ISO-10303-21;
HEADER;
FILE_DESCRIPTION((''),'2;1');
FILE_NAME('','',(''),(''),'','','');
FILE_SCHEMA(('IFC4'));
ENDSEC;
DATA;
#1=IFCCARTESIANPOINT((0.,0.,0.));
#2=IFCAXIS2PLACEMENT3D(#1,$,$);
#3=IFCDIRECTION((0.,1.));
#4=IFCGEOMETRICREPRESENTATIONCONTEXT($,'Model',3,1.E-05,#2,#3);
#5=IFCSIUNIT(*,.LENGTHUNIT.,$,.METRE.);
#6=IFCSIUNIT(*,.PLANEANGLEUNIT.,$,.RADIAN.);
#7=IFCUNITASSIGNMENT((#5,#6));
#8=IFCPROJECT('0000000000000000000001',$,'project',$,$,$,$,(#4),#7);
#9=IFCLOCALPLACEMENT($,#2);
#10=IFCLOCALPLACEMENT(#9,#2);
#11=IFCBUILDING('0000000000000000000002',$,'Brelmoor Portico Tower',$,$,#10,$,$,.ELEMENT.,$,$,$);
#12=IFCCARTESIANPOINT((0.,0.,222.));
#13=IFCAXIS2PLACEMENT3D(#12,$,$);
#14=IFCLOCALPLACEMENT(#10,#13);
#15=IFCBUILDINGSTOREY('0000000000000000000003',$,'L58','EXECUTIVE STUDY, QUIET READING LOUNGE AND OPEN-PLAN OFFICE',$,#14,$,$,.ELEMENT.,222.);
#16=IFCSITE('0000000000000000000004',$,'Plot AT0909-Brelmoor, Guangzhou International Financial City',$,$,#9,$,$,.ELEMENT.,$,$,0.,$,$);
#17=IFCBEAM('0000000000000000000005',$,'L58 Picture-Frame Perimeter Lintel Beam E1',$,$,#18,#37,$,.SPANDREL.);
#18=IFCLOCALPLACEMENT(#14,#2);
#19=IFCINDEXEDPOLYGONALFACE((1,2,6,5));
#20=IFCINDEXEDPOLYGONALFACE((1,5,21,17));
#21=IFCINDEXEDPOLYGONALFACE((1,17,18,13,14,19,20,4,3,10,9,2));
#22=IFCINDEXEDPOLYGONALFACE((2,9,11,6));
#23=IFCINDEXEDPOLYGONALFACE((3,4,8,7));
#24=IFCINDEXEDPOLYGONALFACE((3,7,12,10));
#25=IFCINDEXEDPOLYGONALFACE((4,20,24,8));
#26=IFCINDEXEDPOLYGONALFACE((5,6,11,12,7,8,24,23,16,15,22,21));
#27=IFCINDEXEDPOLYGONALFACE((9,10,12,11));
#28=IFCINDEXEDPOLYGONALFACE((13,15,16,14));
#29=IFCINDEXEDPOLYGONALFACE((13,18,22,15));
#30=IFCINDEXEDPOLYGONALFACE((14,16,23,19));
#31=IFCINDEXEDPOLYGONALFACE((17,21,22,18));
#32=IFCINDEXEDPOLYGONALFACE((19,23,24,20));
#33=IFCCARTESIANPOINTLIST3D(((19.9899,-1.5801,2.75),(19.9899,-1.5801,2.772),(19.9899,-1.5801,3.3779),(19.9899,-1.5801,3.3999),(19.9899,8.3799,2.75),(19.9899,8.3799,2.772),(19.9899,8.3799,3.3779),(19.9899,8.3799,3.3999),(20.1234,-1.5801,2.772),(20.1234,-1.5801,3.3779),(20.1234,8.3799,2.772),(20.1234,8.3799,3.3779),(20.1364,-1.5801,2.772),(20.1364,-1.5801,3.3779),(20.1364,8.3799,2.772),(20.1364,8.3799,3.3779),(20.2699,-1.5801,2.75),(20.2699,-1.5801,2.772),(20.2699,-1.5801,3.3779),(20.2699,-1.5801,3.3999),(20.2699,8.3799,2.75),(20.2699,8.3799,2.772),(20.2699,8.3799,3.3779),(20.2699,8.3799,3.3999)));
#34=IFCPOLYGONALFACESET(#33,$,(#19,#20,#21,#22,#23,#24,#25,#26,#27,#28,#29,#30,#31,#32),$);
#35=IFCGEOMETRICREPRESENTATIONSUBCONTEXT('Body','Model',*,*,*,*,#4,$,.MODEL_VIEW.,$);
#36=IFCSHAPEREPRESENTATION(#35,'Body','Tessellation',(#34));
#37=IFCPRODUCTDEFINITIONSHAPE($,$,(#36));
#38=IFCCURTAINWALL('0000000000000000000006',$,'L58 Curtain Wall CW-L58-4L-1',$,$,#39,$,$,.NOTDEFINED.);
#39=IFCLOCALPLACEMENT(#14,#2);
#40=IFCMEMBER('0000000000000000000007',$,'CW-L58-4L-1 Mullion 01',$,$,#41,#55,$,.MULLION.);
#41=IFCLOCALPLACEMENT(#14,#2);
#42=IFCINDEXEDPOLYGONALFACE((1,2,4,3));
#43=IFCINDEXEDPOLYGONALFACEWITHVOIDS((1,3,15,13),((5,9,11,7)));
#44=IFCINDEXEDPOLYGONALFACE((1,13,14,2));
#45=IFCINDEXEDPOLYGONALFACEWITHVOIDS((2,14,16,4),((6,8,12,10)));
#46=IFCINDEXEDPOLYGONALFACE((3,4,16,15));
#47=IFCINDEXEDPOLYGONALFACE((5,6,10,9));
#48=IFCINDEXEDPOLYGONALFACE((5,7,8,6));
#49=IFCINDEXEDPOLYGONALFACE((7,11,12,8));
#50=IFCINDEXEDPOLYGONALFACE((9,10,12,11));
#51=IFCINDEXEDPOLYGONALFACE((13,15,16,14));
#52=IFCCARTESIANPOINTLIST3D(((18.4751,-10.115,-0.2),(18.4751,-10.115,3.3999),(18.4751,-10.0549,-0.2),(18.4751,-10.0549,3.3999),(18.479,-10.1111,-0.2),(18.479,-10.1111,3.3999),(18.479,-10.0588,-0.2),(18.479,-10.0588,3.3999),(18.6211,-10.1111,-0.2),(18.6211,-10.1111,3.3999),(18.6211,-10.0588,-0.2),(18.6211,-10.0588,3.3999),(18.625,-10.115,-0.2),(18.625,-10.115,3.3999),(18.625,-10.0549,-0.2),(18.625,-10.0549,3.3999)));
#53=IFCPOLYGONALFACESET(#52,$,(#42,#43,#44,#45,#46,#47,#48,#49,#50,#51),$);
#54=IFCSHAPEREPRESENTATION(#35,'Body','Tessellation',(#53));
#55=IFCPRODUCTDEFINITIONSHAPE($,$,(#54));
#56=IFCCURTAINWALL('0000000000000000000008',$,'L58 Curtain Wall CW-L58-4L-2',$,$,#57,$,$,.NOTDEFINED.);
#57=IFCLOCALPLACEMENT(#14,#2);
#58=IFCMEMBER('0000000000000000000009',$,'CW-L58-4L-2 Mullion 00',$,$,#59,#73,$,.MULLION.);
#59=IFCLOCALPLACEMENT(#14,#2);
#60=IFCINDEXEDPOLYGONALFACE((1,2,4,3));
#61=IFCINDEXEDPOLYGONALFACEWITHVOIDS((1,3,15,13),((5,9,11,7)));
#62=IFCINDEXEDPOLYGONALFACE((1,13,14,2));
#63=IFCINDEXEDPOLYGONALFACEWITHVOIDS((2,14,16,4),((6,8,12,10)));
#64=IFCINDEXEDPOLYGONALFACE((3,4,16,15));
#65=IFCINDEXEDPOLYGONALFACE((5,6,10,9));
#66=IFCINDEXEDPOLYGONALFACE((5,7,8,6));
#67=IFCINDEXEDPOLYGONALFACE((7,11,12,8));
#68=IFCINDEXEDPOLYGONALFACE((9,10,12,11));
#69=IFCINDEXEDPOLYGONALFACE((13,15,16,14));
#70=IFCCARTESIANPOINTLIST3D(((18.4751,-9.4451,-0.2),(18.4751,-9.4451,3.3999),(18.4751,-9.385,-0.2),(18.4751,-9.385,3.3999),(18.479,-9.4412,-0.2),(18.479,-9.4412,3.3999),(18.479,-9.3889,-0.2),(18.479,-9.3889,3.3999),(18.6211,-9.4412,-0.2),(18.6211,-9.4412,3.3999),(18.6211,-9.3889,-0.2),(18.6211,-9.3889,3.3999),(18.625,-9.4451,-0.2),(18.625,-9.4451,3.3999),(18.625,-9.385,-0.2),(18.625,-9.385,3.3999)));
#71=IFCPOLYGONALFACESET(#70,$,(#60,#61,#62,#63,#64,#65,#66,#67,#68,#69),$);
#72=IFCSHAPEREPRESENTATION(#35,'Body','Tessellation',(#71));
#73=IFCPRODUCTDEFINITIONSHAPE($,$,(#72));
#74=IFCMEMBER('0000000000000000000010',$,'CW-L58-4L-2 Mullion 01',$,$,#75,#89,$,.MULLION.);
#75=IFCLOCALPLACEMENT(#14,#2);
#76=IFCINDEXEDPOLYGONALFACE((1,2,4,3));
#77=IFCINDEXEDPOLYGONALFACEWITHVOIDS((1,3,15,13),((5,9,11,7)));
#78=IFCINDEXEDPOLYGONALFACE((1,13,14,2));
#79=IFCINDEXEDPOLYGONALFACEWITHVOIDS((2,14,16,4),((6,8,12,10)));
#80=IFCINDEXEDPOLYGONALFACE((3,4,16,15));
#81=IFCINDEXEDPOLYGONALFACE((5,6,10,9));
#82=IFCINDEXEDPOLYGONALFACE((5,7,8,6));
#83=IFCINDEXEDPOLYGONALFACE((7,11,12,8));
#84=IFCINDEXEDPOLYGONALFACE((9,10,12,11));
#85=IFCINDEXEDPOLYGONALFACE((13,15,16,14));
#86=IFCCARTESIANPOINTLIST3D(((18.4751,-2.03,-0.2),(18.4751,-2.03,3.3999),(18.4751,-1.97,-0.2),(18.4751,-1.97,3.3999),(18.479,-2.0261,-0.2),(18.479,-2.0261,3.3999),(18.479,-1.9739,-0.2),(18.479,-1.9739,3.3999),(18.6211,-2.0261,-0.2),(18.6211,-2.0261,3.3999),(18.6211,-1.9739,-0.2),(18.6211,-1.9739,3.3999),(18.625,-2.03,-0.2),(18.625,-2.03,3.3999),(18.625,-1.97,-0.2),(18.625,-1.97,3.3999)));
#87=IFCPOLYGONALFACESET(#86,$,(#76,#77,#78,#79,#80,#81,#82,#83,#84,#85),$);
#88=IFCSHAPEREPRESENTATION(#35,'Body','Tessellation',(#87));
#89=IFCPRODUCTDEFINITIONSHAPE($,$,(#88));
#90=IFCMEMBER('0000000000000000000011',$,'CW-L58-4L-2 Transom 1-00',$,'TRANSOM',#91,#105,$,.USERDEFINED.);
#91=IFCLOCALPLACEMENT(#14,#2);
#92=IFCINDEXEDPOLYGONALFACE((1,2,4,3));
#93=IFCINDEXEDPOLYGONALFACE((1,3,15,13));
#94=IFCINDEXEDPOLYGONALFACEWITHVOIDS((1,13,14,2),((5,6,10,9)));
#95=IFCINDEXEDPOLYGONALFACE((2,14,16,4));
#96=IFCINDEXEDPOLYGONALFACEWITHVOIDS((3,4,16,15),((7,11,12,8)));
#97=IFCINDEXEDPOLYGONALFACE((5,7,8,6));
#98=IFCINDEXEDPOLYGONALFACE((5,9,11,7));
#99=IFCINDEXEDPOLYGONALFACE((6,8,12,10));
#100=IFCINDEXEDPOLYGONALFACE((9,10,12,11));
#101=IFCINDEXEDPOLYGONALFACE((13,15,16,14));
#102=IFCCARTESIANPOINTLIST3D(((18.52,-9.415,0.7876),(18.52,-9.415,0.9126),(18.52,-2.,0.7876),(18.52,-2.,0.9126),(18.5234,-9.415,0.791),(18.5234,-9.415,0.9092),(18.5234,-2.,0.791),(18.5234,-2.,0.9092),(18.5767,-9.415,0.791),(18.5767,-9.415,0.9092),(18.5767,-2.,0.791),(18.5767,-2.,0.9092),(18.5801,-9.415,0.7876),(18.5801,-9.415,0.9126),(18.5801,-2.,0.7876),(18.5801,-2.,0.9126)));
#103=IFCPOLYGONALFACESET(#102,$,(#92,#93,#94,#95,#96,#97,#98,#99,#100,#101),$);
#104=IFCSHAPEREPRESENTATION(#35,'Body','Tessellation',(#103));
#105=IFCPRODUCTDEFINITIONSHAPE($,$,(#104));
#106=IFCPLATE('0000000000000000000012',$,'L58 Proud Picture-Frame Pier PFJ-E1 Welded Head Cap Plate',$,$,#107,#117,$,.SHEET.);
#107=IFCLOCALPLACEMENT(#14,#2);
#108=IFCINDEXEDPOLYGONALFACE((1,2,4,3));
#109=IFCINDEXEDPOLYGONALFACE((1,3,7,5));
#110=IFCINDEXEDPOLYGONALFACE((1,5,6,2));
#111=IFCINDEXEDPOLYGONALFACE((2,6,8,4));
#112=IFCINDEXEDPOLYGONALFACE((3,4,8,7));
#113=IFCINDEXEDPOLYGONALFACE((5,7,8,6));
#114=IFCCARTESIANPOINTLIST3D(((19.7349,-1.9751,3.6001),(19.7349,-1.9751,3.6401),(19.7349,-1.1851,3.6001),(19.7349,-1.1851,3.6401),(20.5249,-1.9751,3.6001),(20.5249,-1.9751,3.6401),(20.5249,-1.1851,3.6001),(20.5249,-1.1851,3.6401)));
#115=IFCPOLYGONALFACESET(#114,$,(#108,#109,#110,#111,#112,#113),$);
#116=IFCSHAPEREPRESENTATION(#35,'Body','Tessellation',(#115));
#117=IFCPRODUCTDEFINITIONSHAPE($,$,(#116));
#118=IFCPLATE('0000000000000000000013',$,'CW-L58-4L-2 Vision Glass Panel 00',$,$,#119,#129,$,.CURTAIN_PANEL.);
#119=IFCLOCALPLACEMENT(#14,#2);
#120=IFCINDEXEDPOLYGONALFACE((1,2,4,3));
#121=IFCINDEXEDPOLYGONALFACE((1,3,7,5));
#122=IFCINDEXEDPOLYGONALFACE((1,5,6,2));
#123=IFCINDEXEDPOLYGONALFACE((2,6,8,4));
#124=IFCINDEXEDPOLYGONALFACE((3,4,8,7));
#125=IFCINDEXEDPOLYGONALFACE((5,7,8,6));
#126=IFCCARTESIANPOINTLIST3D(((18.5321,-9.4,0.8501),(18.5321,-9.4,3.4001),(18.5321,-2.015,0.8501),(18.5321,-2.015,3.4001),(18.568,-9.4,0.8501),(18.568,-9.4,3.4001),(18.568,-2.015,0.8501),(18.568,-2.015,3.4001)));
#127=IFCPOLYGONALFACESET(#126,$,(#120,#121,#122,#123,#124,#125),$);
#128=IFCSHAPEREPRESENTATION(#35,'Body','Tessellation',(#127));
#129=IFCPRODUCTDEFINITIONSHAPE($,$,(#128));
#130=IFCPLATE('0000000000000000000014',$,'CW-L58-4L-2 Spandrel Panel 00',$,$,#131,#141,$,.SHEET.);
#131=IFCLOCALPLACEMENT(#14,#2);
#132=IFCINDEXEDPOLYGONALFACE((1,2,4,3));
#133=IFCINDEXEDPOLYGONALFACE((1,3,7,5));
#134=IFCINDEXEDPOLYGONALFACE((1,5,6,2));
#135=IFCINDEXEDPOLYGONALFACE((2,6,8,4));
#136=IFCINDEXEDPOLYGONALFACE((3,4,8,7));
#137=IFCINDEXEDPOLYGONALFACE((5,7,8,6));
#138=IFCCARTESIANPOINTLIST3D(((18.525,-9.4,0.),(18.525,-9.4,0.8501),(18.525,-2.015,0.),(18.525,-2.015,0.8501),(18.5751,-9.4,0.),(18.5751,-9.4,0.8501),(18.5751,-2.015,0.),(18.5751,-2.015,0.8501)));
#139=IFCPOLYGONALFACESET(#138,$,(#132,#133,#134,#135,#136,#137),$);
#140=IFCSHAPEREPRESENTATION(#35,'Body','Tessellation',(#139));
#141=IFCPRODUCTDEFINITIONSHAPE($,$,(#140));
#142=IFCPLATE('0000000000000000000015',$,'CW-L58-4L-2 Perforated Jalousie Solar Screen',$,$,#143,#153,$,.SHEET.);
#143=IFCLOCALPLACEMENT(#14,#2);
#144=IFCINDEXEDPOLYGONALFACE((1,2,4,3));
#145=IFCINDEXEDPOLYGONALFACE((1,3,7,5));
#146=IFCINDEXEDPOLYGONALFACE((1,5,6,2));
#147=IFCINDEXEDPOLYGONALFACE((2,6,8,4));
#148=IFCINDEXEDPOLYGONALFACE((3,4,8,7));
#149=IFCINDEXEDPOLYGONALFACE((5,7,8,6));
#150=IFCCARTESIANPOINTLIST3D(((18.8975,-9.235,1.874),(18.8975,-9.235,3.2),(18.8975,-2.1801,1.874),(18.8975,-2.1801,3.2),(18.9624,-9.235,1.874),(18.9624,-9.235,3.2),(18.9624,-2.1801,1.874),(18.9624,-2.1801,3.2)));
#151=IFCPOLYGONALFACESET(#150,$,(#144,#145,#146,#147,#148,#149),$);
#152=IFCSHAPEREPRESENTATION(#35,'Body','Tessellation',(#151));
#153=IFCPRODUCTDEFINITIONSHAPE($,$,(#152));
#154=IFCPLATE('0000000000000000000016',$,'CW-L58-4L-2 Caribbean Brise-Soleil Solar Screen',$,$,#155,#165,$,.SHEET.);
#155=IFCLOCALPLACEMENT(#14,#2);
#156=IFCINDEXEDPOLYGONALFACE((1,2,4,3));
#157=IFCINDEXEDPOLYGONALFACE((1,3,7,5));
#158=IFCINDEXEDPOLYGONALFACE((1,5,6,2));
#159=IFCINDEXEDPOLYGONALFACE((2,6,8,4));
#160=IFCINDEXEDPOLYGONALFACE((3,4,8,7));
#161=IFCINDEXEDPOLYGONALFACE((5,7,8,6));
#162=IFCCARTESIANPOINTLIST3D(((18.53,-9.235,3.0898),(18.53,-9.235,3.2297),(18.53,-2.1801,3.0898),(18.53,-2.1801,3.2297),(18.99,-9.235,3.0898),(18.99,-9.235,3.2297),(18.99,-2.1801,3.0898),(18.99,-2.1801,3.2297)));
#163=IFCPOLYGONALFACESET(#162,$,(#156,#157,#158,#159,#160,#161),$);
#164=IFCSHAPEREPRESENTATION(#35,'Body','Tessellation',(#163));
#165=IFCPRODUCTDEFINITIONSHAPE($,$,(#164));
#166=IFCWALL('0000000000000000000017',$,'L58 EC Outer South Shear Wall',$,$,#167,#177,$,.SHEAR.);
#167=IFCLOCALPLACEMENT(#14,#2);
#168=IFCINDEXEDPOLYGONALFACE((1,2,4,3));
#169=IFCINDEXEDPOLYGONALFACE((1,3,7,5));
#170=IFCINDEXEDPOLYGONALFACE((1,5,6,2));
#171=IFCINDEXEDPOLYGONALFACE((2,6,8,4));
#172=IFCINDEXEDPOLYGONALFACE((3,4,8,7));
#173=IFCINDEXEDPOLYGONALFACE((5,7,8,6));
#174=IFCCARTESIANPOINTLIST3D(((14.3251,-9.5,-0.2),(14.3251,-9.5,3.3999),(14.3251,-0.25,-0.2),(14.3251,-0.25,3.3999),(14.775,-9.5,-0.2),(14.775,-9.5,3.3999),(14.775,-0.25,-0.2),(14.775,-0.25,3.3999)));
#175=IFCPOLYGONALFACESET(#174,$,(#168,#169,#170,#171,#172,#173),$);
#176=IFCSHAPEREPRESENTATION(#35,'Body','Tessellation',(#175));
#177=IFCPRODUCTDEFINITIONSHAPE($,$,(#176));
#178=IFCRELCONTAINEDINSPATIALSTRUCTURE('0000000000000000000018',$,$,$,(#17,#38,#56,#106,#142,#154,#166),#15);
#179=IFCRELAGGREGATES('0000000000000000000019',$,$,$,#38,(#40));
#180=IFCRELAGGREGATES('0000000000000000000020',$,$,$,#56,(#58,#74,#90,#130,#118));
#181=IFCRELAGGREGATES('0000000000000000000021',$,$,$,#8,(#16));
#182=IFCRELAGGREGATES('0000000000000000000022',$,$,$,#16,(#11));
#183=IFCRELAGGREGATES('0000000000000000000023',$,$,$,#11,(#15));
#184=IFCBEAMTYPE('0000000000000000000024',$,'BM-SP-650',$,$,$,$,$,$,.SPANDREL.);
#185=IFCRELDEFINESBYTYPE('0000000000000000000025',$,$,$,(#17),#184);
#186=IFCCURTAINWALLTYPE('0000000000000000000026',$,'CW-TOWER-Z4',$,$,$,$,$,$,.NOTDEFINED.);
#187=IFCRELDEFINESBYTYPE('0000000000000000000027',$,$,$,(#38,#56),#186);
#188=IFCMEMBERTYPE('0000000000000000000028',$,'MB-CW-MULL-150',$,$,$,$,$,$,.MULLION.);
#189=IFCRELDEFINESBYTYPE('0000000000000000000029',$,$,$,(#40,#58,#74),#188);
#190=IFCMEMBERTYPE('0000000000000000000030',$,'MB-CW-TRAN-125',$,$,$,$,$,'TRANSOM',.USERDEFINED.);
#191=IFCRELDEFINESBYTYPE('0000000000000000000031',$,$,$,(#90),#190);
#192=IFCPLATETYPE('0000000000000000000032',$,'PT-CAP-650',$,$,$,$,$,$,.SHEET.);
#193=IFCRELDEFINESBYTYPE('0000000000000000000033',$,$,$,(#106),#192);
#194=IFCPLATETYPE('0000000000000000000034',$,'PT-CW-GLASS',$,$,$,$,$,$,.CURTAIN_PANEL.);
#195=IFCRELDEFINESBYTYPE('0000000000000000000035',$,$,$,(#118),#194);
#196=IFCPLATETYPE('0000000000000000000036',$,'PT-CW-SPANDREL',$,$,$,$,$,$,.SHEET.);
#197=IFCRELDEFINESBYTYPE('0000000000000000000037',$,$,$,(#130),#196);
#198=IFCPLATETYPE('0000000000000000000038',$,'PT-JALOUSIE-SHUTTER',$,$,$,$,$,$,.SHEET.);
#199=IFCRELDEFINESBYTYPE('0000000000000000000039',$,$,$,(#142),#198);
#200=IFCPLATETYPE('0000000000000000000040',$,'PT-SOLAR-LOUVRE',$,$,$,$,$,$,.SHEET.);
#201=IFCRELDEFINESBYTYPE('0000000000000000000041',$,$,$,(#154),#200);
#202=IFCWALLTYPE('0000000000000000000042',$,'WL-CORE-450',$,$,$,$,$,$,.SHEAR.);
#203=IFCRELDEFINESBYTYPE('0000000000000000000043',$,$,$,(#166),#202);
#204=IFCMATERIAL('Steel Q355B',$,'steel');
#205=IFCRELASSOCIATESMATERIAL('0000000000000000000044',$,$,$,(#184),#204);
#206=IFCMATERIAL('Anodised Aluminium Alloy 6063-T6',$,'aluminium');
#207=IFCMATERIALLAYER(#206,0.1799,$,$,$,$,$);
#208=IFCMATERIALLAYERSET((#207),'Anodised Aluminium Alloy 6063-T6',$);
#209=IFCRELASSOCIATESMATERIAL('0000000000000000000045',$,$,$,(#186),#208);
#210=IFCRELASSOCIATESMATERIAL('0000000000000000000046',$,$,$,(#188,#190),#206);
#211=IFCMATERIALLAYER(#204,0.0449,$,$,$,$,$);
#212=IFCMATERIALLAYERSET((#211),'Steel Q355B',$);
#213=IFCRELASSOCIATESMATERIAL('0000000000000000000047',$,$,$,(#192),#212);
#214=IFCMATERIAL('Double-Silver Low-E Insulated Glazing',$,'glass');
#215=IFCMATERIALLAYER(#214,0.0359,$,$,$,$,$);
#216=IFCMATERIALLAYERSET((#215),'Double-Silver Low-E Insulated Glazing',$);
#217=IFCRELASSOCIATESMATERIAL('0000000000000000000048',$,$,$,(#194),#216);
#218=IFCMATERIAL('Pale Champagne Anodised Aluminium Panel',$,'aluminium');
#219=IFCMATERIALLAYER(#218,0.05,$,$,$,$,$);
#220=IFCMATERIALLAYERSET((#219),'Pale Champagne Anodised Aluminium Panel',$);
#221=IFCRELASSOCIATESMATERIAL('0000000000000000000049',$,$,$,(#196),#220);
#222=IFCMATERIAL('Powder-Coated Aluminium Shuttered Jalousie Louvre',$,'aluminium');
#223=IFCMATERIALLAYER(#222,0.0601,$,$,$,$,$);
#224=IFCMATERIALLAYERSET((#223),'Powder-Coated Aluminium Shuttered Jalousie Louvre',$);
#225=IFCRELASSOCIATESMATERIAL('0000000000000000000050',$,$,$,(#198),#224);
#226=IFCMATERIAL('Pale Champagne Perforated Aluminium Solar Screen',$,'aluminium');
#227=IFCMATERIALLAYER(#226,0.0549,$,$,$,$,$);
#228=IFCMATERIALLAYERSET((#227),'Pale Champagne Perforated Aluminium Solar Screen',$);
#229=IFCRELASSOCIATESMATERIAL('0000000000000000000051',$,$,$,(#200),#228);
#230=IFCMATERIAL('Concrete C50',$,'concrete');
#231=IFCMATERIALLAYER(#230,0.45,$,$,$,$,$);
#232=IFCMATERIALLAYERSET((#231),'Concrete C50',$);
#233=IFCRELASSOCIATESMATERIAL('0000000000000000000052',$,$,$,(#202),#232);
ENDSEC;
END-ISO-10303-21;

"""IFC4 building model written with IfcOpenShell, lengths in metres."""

from ifc_helpers import new_model, si_unit, direction, frame, frame_2d, origin, origin_2d, place, context, subcontext, project, spatial, rectangle, hollow_rectangle, i_section, extrude, material, layer, layer_set, material_profile, profile_set, type_object, element, aggregate, save


model = new_model("IFC4")

# Units and contexts
model_context = context("Model", 3, precision=1e-05, world=origin(), true_north=direction((0.0, 1.0)))
body_context = subcontext(model_context, "Body", "Model", "MODEL_VIEW")
ifc_project = project(units=[si_unit("LENGTHUNIT", "METRE"), si_unit("PLANEANGLEUNIT", "RADIAN")], contexts=[model_context])

# Site, building, storey
site_placement = place(None, origin())
site = spatial("IfcSite", under=ifc_project, at=site_placement, Name="Plot AT0909-Brelmoor, Guangzhou International Financial City", CompositionType="ELEMENT", RefElevation=0.0)
building_placement = place(site_placement, origin())
building = spatial("IfcBuilding", under=site, at=building_placement, Name="Brelmoor Portico Tower", CompositionType="ELEMENT")
storey_placement = place(building_placement, frame((0.0, 0.0, 222.0)))
storey = spatial("IfcBuildingStorey", under=building, at=storey_placement, Name="L58", Description="EXECUTIVE STUDY, QUIET READING LOUNGE AND OPEN-PLAN OFFICE", CompositionType="ELEMENT", Elevation=222.0)

# Shared definitions
ifc_material_1 = material(Name="Steel Q355B", Category="steel")

# Beam
ifc_material_profile_1 = material_profile(ifc_material_1, i_section(OverallWidth=0.28, OverallDepth=0.6499, WebThickness=0.0129, FlangeThickness=0.022, at=origin_2d()), Name="HN 650x280x13x22")
ifc_profile_set_1 = profile_set([ifc_material_profile_1], Name="Steel Q355B")
beam_type_1 = type_object("IfcBeamType", Name="BM-SP-650", PredefinedType="SPANDREL", material=ifc_profile_set_1)
beam_1_placement = place(storey_placement, frame((20.1299, -1.5801, 3.075), z_axis=(0.0, 1.0, 0.0), x_axis=(-1.0, 0.0, 0.0)))
element("IfcBeam", 1, at=beam_1_placement, inside=storey, type_object=beam_type_1, Name="L58 Picture-Frame Perimeter Lintel Beam E1", PredefinedType="SPANDREL", context=body_context, shape_type="SweptSolid", body=[
    extrude(i_section(OverallWidth=0.28, OverallDepth=0.6499, WebThickness=0.0129, FlangeThickness=0.022, at=origin_2d()), origin(), (0.0, 0.0, 1.0), 9.96),
])

# Curtain wall, member
ifc_material_2 = material(Name="Anodised Aluminium Alloy 6063-T6", Category="aluminium")
ifc_layer_1 = layer(ifc_material_2, 0.1799)
ifc_layer_set_1 = layer_set([ifc_layer_1], Name="Anodised Aluminium Alloy 6063-T6")
curtain_wall_type = type_object("IfcCurtainWallType", Name="CW-TOWER-Z4", PredefinedType="NOTDEFINED", material=ifc_layer_set_1)
curtain_wall_1_placement = place(storey_placement, origin())
curtain_wall_1 = element("IfcCurtainWall", 2, at=curtain_wall_1_placement, inside=storey, type_object=curtain_wall_type, Name="L58 Curtain Wall CW-L58-4L-1", PredefinedType="NOTDEFINED")
ifc_material_profile_2 = material_profile(ifc_material_2, hollow_rectangle(XDim=0.0601, YDim=0.1499, WallThickness=0.0039, at=origin_2d()), Name="ALU MULLION 60x150")
ifc_profile_set_2 = profile_set([ifc_material_profile_2], Name="Anodised Aluminium Alloy 6063-T6")
member_type_1 = type_object("IfcMemberType", Name="MB-CW-MULL-150", PredefinedType="MULLION", material=ifc_profile_set_2)
member_1_placement = place(storey_placement, frame((18.55, -10.085, -0.2), z_axis=(0.0, 0.0, 1.0), x_axis=(0.0, 1.0, 0.0)))
member_1 = element("IfcMember", 3, at=member_1_placement, type_object=member_type_1, Name="CW-L58-4L-1 Mullion 01", PredefinedType="MULLION", context=body_context, shape_type="SweptSolid", body=[
    extrude(hollow_rectangle(XDim=0.0601, YDim=0.1499, WallThickness=0.0039, at=origin_2d()), origin(), (0.0, 0.0, 1.0), 3.5999),
])
aggregate(curtain_wall_1, [member_1])

# Curtain wall, members
curtain_wall_2_placement = place(storey_placement, origin())
curtain_wall_2 = element("IfcCurtainWall", 4, at=curtain_wall_2_placement, inside=storey, type_object=curtain_wall_type, Name="L58 Curtain Wall CW-L58-4L-2", PredefinedType="NOTDEFINED")
member_2_placement = place(storey_placement, frame((18.55, -9.415, -0.2), z_axis=(0.0, 0.0, 1.0), x_axis=(0.0, 1.0, 0.0)))
member_2 = element("IfcMember", 5, at=member_2_placement, type_object=member_type_1, Name="CW-L58-4L-2 Mullion 00", PredefinedType="MULLION", context=body_context, shape_type="SweptSolid", body=[
    extrude(hollow_rectangle(XDim=0.0601, YDim=0.1499, WallThickness=0.0039, at=origin_2d()), origin(), (0.0, 0.0, 1.0), 3.5999),
])
member_3_placement = place(storey_placement, frame((18.55, -2.0, -0.2), z_axis=(0.0, 0.0, 1.0), x_axis=(0.0, 1.0, 0.0)))
member_3 = element("IfcMember", 6, at=member_3_placement, type_object=member_type_1, Name="CW-L58-4L-2 Mullion 01", PredefinedType="MULLION", context=body_context, shape_type="SweptSolid", body=[
    extrude(hollow_rectangle(XDim=0.0601, YDim=0.1499, WallThickness=0.0039, at=origin_2d()), origin(), (0.0, 0.0, 1.0), 3.5999),
])
ifc_material_profile_3 = material_profile(ifc_material_2, hollow_rectangle(XDim=0.0601, YDim=0.125, WallThickness=0.0034, at=origin_2d()), Name="ALU TRANSOM 60x125")
ifc_profile_set_3 = profile_set([ifc_material_profile_3], Name="Anodised Aluminium Alloy 6063-T6")
member_type_2 = type_object("IfcMemberType", Name="MB-CW-TRAN-125", ElementType="TRANSOM", PredefinedType="USERDEFINED", material=ifc_profile_set_3)
member_4_placement = place(storey_placement, frame((18.55, -9.415, 0.8501), z_axis=(0.0, 1.0, 0.0), x_axis=(-1.0, 0.0, 0.0)))
member_4 = element("IfcMember", 7, at=member_4_placement, type_object=member_type_2, Name="CW-L58-4L-2 Transom 1-00", ObjectType="TRANSOM", PredefinedType="USERDEFINED", context=body_context, shape_type="SweptSolid", body=[
    extrude(hollow_rectangle(XDim=0.0601, YDim=0.125, WallThickness=0.0034, at=origin_2d()), origin(), (0.0, 0.0, 1.0), 7.415),
])

# Plates
ifc_layer_2 = layer(ifc_material_1, 0.0449)
ifc_layer_set_2 = layer_set([ifc_layer_2], Name="Steel Q355B")
plate_type_1 = type_object("IfcPlateType", Name="PT-CAP-650", PredefinedType="SHEET", material=ifc_layer_set_2)
plate_1_placement = place(storey_placement, frame((20.1299, -1.5801, 3.6001), z_axis=(0.0, 0.0, 1.0), x_axis=(0.0, 1.0, 0.0)))
element("IfcPlate", 8, at=plate_1_placement, inside=storey, type_object=plate_type_1, Name="L58 Proud Picture-Frame Pier PFJ-E1 Welded Head Cap Plate", PredefinedType="SHEET", context=body_context, shape_type="SweptSolid", body=[
    extrude(rectangle(XDim=0.79, YDim=0.79, at=origin_2d()), origin(), (0.0, 0.0, 1.0), 0.04),
])
ifc_material_3 = material(Name="Double-Silver Low-E Insulated Glazing", Category="glass")
ifc_layer_3 = layer(ifc_material_3, 0.0359)
ifc_layer_set_3 = layer_set([ifc_layer_3], Name="Double-Silver Low-E Insulated Glazing")
plate_type_2 = type_object("IfcPlateType", Name="PT-CW-GLASS", PredefinedType="CURTAIN_PANEL", material=ifc_layer_set_3)
plate_2_placement = place(storey_placement, frame((18.55, -5.7075, 0.8501), z_axis=(0.0, 0.0, 1.0), x_axis=(0.0, 1.0, 0.0)))
plate_2 = element("IfcPlate", 9, at=plate_2_placement, type_object=plate_type_2, Name="CW-L58-4L-2 Vision Glass Panel 00", PredefinedType="CURTAIN_PANEL", context=body_context, shape_type="SweptSolid", body=[
    extrude(rectangle(XDim=7.385, YDim=0.0359, at=origin_2d()), origin(), (0.0, 0.0, 1.0), 2.55),
])
ifc_material_4 = material(Name="Pale Champagne Anodised Aluminium Panel", Category="aluminium")
ifc_layer_4 = layer(ifc_material_4, 0.05)
ifc_layer_set_4 = layer_set([ifc_layer_4], Name="Pale Champagne Anodised Aluminium Panel")
plate_type_3 = type_object("IfcPlateType", Name="PT-CW-SPANDREL", PredefinedType="SHEET", material=ifc_layer_set_4)
plate_3_placement = place(storey_placement, frame((18.55, -5.7075, 0.0), z_axis=(0.0, 0.0, 1.0), x_axis=(0.0, 1.0, 0.0)))
plate_3 = element("IfcPlate", 10, at=plate_3_placement, type_object=plate_type_3, Name="CW-L58-4L-2 Spandrel Panel 00", PredefinedType="SHEET", context=body_context, shape_type="SweptSolid", body=[
    extrude(rectangle(XDim=7.385, YDim=0.05, at=origin_2d()), origin(), (0.0, 0.0, 1.0), 0.8501),
])
aggregate(curtain_wall_2, [member_2, member_3, member_4, plate_3, plate_2])

# Plates
ifc_material_5 = material(Name="Powder-Coated Aluminium Shuttered Jalousie Louvre", Category="aluminium")
ifc_layer_5 = layer(ifc_material_5, 0.0601)
ifc_layer_set_5 = layer_set([ifc_layer_5], Name="Powder-Coated Aluminium Shuttered Jalousie Louvre")
plate_type_4 = type_object("IfcPlateType", Name="PT-JALOUSIE-SHUTTER", PredefinedType="SHEET", material=ifc_layer_set_5)
plate_4_placement = place(storey_placement, frame((18.9299, -5.7075, 1.874), z_axis=(0.0, 0.0, 1.0), x_axis=(0.0, 1.0, 0.0)))
element("IfcPlate", 11, at=plate_4_placement, inside=storey, type_object=plate_type_4, Name="CW-L58-4L-2 Perforated Jalousie Solar Screen", PredefinedType="SHEET", context=body_context, shape_type="SweptSolid", body=[
    extrude(rectangle(XDim=7.0549, YDim=0.0649, at=origin_2d()), origin(), (0.0, 0.0, 1.0), 1.3259),
])
ifc_material_6 = material(Name="Pale Champagne Perforated Aluminium Solar Screen", Category="aluminium")
ifc_layer_6 = layer(ifc_material_6, 0.0549)
ifc_layer_set_6 = layer_set([ifc_layer_6], Name="Pale Champagne Perforated Aluminium Solar Screen")
plate_type_5 = type_object("IfcPlateType", Name="PT-SOLAR-LOUVRE", PredefinedType="SHEET", material=ifc_layer_set_6)
plate_5_placement = place(storey_placement, frame((18.76, -5.7075, 3.0898), z_axis=(0.0, 0.0, 1.0), x_axis=(0.0, 1.0, 0.0)))
element("IfcPlate", 12, at=plate_5_placement, inside=storey, type_object=plate_type_5, Name="CW-L58-4L-2 Caribbean Brise-Soleil Solar Screen", PredefinedType="SHEET", context=body_context, shape_type="SweptSolid", body=[
    extrude(rectangle(XDim=7.0549, YDim=0.46, at=origin_2d()), origin(), (0.0, 0.0, 1.0), 0.1399),
])

# Wall
ifc_material_7 = material(Name="Concrete C50", Category="concrete")
ifc_layer_7 = layer(ifc_material_7, 0.45)
ifc_layer_set_7 = layer_set([ifc_layer_7], Name="Concrete C50")
wall_type_1 = type_object("IfcWallType", Name="WL-CORE-450", PredefinedType="SHEAR", material=ifc_layer_set_7)
wall_1_placement = place(storey_placement, frame((14.55, -9.5, -0.2), z_axis=(0.0, 0.0, 1.0), x_axis=(0.0, 1.0, 0.0)))
element("IfcWall", 13, at=wall_1_placement, inside=storey, type_object=wall_type_1, Name="L58 EC Outer South Shear Wall", PredefinedType="SHEAR", context=body_context, shape_type="SweptSolid", body=[
    extrude(rectangle(XDim=9.25, YDim=0.45, at=frame_2d((4.625, 0.0))), origin(), (0.0, 0.0, 1.0), 3.5999),
])

save(model, "model.ifc")
